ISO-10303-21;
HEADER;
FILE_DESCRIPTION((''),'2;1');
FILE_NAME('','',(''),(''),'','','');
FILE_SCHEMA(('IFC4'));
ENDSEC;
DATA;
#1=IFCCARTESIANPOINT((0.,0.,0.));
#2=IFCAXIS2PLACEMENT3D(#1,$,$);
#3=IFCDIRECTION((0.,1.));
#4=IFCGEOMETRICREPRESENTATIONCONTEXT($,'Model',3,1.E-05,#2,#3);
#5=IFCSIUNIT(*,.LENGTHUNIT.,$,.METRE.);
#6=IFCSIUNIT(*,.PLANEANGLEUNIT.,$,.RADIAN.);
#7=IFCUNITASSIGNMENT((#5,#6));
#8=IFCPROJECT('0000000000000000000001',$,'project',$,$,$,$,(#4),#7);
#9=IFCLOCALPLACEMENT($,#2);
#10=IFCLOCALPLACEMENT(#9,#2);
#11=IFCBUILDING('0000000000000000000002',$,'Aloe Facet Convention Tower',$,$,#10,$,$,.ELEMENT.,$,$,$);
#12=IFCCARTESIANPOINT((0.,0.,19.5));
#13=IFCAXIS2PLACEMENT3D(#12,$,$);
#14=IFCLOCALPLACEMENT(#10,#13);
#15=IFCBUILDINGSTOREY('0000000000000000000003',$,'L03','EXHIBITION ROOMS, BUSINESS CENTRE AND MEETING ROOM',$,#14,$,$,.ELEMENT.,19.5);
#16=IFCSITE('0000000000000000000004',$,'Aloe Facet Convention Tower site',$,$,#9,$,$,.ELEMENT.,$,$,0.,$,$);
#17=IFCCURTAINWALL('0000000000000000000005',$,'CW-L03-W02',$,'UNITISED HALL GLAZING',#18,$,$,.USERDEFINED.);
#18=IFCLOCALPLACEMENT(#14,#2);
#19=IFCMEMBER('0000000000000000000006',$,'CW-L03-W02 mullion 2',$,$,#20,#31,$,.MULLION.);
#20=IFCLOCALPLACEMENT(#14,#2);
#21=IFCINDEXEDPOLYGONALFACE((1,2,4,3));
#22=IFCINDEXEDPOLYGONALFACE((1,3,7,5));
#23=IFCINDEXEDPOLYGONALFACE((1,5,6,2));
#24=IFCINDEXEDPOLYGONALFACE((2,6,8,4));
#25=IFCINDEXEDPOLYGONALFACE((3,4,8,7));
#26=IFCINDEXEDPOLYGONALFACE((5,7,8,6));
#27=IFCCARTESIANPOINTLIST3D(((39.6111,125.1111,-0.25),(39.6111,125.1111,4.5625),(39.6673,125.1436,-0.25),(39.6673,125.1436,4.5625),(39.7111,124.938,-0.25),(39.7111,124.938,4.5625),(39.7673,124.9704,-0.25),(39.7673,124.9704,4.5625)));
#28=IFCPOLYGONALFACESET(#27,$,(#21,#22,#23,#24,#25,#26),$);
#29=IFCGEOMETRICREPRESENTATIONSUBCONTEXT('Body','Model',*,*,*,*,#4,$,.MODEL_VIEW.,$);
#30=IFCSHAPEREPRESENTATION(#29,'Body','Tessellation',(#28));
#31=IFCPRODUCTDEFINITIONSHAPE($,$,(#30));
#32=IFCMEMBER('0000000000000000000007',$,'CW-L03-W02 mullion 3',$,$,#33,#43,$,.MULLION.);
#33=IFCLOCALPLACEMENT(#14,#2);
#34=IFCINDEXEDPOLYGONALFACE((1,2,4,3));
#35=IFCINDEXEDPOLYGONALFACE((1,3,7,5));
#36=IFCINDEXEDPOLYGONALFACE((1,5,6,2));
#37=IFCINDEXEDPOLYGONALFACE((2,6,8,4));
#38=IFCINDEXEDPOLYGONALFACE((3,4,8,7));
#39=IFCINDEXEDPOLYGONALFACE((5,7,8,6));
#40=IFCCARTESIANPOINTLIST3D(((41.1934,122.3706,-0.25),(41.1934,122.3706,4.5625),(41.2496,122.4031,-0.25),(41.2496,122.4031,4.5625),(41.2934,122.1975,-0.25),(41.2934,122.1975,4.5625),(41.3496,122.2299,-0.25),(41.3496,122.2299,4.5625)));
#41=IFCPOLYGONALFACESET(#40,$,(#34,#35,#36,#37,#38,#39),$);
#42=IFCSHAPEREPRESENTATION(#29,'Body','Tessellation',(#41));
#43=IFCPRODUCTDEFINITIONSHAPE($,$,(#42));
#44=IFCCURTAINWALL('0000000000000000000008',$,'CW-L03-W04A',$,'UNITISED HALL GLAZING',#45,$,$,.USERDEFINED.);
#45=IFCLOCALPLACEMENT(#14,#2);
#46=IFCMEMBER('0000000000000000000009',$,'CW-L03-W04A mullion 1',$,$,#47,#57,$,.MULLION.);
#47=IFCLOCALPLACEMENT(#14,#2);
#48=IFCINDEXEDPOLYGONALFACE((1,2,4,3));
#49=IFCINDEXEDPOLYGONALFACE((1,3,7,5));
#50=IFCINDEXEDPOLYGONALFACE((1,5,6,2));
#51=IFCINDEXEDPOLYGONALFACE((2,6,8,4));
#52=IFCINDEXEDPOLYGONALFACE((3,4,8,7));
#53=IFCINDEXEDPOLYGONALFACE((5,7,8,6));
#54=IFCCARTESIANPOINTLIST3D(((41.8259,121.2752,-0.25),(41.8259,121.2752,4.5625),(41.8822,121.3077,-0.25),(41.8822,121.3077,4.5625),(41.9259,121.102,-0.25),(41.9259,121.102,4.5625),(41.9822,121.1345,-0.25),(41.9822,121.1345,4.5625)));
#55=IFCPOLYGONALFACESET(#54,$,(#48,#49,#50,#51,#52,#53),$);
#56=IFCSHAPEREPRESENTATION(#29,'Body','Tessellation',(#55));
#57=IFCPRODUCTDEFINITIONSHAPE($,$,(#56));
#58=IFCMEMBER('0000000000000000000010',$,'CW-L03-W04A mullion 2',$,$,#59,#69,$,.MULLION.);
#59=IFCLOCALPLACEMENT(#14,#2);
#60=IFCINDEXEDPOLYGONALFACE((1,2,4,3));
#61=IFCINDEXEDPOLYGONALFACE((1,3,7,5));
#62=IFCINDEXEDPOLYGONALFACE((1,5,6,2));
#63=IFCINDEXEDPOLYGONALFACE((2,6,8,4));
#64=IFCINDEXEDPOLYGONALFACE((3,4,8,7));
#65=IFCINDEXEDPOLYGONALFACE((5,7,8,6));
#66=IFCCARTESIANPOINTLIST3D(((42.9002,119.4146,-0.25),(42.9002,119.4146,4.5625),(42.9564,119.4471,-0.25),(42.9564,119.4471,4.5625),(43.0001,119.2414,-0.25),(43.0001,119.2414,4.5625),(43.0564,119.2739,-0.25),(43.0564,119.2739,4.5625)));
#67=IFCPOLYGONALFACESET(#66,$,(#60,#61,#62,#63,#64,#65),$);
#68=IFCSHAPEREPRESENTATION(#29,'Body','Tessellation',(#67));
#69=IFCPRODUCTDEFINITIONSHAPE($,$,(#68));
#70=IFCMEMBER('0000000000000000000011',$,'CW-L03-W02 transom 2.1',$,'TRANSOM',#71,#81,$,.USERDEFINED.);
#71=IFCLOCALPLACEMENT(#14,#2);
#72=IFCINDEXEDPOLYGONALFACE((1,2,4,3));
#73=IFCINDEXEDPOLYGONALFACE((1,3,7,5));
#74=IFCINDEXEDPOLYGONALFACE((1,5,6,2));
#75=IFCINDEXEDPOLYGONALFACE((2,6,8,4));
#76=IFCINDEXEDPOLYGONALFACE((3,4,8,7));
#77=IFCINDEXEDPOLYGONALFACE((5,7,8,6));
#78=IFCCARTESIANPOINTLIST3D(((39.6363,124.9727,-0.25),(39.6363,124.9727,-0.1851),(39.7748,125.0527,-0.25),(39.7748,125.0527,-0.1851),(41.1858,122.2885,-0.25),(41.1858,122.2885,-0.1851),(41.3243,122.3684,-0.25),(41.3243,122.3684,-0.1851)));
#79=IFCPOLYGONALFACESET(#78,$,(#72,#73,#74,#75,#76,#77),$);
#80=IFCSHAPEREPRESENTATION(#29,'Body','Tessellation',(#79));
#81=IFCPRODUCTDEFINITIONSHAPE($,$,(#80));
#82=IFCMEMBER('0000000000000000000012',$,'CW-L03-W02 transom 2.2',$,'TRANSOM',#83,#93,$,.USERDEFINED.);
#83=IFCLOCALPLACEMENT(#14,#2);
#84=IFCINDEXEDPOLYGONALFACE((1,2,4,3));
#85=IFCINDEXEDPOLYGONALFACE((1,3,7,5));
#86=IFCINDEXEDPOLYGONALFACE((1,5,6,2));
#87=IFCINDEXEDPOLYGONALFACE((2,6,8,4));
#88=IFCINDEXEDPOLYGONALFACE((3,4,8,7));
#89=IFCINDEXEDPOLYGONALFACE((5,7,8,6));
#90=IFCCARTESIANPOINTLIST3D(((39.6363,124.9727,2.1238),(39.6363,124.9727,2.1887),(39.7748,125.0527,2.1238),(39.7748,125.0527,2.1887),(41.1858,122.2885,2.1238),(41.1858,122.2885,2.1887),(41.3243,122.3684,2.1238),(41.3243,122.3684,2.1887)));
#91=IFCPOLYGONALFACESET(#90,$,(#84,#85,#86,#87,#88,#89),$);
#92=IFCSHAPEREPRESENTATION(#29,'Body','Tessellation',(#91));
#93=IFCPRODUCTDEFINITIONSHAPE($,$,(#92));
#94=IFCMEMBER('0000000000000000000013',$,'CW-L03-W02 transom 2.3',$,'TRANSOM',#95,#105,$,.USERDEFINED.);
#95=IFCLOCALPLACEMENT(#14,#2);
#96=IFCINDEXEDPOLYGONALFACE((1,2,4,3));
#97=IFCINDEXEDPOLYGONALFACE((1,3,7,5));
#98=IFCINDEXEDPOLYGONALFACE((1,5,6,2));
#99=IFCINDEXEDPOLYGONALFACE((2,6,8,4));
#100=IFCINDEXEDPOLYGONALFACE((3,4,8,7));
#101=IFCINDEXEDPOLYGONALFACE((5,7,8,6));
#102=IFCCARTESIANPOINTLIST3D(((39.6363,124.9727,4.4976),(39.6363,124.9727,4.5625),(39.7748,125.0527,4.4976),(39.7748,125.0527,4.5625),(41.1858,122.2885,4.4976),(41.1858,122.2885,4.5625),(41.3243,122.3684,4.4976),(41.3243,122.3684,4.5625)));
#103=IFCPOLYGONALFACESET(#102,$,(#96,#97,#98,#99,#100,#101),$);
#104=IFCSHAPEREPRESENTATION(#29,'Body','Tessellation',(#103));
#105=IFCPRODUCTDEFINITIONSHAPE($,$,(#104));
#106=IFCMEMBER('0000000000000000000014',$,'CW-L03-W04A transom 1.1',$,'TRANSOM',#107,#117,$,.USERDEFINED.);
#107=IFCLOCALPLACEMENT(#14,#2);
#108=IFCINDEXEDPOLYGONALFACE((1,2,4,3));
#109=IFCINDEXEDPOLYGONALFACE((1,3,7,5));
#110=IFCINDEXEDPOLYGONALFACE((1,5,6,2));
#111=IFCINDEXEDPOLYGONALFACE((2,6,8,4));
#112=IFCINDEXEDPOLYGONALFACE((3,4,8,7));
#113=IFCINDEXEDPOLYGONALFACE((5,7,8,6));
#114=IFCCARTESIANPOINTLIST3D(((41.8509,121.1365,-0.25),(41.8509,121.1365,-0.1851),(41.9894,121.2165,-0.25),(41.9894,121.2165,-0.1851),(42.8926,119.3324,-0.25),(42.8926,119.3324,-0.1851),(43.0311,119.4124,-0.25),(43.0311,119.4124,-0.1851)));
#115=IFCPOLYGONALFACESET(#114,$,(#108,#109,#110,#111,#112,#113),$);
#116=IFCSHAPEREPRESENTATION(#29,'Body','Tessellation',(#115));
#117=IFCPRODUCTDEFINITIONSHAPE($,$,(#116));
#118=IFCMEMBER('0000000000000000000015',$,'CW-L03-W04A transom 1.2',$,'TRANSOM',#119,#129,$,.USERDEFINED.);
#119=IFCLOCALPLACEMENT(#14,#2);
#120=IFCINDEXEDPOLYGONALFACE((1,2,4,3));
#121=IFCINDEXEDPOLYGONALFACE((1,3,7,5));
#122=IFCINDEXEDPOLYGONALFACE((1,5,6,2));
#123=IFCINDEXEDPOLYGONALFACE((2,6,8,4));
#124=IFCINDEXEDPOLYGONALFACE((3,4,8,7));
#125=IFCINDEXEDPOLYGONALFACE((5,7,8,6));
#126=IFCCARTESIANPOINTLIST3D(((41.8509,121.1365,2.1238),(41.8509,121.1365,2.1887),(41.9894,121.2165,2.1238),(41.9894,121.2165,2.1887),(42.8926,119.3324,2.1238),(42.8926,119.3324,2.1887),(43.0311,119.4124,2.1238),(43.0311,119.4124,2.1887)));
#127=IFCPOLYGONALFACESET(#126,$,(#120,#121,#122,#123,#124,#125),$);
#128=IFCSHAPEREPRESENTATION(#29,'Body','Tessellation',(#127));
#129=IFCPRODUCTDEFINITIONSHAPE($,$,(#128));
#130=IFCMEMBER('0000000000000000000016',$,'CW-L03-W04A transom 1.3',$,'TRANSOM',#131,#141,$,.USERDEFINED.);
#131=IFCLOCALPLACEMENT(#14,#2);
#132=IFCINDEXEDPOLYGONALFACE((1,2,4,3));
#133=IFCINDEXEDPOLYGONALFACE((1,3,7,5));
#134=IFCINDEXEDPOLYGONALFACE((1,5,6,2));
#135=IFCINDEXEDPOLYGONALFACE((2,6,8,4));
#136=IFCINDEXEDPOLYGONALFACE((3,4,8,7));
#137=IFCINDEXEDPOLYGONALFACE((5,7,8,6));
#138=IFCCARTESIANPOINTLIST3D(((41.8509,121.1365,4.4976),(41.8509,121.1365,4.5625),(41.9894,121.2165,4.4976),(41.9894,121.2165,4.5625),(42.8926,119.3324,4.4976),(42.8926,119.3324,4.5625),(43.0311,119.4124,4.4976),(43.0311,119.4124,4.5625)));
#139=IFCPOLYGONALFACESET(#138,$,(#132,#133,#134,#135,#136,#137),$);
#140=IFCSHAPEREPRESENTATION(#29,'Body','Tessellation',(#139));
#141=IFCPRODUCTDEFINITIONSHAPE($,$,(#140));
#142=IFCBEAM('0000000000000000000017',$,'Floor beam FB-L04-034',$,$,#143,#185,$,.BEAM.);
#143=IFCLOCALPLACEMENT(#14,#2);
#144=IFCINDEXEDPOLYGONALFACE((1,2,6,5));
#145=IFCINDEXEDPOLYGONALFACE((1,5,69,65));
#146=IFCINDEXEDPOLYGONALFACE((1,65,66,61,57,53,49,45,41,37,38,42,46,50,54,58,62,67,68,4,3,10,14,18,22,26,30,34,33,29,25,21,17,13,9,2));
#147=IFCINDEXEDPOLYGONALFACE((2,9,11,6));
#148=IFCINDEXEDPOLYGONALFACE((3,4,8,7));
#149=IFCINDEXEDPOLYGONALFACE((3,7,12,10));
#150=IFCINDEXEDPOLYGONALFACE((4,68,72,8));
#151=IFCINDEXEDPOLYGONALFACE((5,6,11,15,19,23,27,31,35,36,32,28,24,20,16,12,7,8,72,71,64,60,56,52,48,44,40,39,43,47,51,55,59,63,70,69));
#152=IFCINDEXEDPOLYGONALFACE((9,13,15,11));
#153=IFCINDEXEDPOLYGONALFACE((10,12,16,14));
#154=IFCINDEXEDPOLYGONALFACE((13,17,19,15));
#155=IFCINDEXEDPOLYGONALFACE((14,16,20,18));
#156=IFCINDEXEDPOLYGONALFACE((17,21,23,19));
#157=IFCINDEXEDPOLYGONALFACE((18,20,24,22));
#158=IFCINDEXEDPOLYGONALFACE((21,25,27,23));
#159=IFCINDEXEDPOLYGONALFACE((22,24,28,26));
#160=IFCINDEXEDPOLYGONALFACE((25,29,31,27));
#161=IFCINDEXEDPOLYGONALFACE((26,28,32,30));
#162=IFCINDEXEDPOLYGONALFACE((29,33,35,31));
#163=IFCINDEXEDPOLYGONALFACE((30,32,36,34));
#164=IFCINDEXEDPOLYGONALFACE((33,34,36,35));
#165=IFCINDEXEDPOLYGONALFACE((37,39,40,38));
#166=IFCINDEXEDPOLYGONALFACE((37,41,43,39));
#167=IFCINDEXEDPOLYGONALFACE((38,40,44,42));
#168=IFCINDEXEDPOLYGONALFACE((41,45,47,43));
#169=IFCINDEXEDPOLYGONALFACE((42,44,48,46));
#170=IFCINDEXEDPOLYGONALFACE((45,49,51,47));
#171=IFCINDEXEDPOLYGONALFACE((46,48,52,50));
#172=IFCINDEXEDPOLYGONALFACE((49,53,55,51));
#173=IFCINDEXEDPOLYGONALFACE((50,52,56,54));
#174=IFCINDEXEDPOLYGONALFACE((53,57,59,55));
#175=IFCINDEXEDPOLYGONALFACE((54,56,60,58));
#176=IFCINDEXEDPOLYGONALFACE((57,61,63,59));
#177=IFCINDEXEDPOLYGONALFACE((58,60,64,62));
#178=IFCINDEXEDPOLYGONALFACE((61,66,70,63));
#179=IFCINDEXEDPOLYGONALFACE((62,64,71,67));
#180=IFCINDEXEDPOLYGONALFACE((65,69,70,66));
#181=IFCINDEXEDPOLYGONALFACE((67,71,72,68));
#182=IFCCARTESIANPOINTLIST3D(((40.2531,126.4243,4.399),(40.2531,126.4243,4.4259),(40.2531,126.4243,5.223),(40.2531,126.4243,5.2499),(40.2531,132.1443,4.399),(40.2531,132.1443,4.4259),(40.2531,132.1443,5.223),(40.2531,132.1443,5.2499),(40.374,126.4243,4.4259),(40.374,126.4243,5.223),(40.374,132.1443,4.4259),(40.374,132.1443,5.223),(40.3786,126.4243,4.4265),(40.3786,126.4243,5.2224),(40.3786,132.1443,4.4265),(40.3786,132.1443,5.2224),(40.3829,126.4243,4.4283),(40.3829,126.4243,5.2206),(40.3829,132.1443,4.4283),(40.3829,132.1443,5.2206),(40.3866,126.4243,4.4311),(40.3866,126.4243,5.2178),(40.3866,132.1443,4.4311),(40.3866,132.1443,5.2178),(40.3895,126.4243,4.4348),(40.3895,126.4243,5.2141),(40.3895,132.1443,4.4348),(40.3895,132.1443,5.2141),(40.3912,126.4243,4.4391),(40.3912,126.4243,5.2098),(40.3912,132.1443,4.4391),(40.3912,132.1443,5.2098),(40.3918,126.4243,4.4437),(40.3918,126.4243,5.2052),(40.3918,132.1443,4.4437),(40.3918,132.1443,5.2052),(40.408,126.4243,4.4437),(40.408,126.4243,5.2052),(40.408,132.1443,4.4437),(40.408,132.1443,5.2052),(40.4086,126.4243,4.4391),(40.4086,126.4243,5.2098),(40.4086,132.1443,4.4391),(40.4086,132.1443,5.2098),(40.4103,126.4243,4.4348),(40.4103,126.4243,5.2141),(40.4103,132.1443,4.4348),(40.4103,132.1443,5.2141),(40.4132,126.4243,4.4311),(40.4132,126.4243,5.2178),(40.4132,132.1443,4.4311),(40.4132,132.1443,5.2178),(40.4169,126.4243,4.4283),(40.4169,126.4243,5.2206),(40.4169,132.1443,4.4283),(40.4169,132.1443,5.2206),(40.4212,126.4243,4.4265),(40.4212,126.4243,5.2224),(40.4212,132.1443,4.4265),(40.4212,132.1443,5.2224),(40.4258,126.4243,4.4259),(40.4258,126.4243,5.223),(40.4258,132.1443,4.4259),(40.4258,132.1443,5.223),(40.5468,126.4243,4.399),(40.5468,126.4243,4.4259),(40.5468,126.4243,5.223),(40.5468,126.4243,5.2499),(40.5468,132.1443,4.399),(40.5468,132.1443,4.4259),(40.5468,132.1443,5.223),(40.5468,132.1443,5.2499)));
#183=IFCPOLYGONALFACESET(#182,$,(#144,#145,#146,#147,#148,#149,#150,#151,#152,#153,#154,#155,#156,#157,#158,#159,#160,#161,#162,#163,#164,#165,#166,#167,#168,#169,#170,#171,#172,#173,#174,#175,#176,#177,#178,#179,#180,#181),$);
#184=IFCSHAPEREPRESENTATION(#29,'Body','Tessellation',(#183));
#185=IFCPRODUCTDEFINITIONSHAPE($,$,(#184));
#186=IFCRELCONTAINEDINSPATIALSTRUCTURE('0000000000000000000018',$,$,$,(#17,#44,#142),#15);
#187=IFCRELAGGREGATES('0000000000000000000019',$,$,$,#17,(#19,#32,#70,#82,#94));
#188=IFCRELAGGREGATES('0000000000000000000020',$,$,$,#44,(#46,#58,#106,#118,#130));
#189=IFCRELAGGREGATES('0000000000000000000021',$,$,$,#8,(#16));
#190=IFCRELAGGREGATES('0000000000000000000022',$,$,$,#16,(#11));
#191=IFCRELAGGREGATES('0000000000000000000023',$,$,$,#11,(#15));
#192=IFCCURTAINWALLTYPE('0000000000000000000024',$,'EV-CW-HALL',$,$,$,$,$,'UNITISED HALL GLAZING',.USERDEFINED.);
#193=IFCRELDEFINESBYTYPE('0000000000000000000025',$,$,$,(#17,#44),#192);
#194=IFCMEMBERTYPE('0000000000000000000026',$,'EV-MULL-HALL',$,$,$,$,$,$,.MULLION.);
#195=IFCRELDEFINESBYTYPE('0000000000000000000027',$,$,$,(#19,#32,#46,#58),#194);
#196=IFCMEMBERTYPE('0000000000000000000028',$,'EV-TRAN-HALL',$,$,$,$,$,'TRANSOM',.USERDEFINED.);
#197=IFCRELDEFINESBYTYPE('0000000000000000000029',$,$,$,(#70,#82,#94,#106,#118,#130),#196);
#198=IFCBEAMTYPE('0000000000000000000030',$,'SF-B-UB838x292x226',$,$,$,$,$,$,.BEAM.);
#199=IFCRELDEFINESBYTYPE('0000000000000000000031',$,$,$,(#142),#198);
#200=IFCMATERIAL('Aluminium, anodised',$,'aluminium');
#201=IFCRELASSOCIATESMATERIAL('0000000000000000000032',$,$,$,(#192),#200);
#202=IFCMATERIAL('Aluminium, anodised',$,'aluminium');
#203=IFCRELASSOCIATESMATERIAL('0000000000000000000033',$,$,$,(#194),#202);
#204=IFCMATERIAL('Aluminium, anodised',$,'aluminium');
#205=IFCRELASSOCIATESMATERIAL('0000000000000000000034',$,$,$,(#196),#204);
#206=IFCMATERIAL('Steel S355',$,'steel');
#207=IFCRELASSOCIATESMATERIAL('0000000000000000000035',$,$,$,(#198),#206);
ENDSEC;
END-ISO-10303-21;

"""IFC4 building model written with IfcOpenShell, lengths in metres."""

from ifc_helpers import new_model, si_unit, direction, frame, origin, origin_2d, place, context, subcontext, project, spatial, rectangle, i_section, extrude, material, material_profile, profile_set, type_object, element, aggregate, save


model = new_model("IFC4")

# Units and contexts
model_context = context("Model", 3, precision=1e-05, world=origin(), true_north=direction((0.0, 1.0)))
body_context = subcontext(model_context, "Body", "Model", "MODEL_VIEW")
ifc_project = project(units=[si_unit("LENGTHUNIT", "METRE"), si_unit("PLANEANGLEUNIT", "RADIAN")], contexts=[model_context])

# Site, building, storey
site_placement = place(None, origin())
site = spatial("IfcSite", under=ifc_project, at=site_placement, Name="Aloe Facet Convention Tower site", CompositionType="ELEMENT", RefElevation=0.0)
building_placement = place(site_placement, origin())
building = spatial("IfcBuilding", under=site, at=building_placement, Name="Aloe Facet Convention Tower", CompositionType="ELEMENT")
storey_placement = place(building_placement, frame((0.0, 0.0, 19.5)))
storey = spatial("IfcBuildingStorey", under=building, at=storey_placement, Name="L03", Description="EXHIBITION ROOMS, BUSINESS CENTRE AND MEETING ROOM", CompositionType="ELEMENT", Elevation=19.5)

# Curtain walls, members
ifc_material_1 = material(Name="Aluminium, anodised", Category="aluminium")
curtain_wall_type = type_object("IfcCurtainWallType", Name="EV-CW-HALL", ElementType="UNITISED HALL GLAZING", PredefinedType="USERDEFINED", material=ifc_material_1)
curtain_wall_1_placement = place(storey_placement, origin())
curtain_wall_1 = element("IfcCurtainWall", 1, at=curtain_wall_1_placement, inside=storey, type_object=curtain_wall_type, Name="CW-L03-W02", ObjectType="UNITISED HALL GLAZING", PredefinedType="USERDEFINED")
ifc_material_2 = material(Name="Aluminium, anodised", Category="aluminium")
ifc_material_profile_1 = material_profile(ifc_material_2, rectangle(XDim=0.0649, YDim=0.2, at=origin_2d()), Name="AL 65x200")
ifc_profile_set_1 = profile_set([ifc_material_profile_1], Name="Aluminium, anodised")
member_type_1 = type_object("IfcMemberType", Name="EV-MULL-HALL", PredefinedType="MULLION", material=ifc_profile_set_1)
member_1_placement = place(storey_placement, frame((39.6892, 125.0408, -0.25), z_axis=(0.0, 0.0, 1.0), x_axis=(0.866025, 0.5, 0.0)))
member_1 = element("IfcMember", 2, at=member_1_placement, type_object=member_type_1, Name="CW-L03-W02 mullion 2", PredefinedType="MULLION", context=body_context, shape_type="SweptSolid", body=[
    extrude(rectangle(XDim=0.0649, YDim=0.2, at=origin_2d()), origin(), (0.0, 0.0, 1.0), 4.8125),
])
member_2_placement = place(storey_placement, frame((41.2715, 122.3003, -0.25), z_axis=(0.0, 0.0, 1.0), x_axis=(0.866025, 0.5, 0.0)))
member_2 = element("IfcMember", 3, at=member_2_placement, type_object=member_type_1, Name="CW-L03-W02 mullion 3", PredefinedType="MULLION", context=body_context, shape_type="SweptSolid", body=[
    extrude(rectangle(XDim=0.0649, YDim=0.2, at=origin_2d()), origin(), (0.0, 0.0, 1.0), 4.8125),
])
curtain_wall_2_placement = place(storey_placement, origin())
curtain_wall_2 = element("IfcCurtainWall", 4, at=curtain_wall_2_placement, inside=storey, type_object=curtain_wall_type, Name="CW-L03-W04A", ObjectType="UNITISED HALL GLAZING", PredefinedType="USERDEFINED")
member_3_placement = place(storey_placement, frame((41.9041, 121.2048, -0.25), z_axis=(0.0, 0.0, 1.0), x_axis=(0.866025, 0.5, 0.0)))
member_3 = element("IfcMember", 5, at=member_3_placement, type_object=member_type_1, Name="CW-L03-W04A mullion 1", PredefinedType="MULLION", context=body_context, shape_type="SweptSolid", body=[
    extrude(rectangle(XDim=0.0649, YDim=0.2, at=origin_2d()), origin(), (0.0, 0.0, 1.0), 4.8125),
])
member_4_placement = place(storey_placement, frame((42.9783, 119.3442, -0.25), z_axis=(0.0, 0.0, 1.0), x_axis=(0.866025, 0.5, 0.0)))
member_4 = element("IfcMember", 6, at=member_4_placement, type_object=member_type_1, Name="CW-L03-W04A mullion 2", PredefinedType="MULLION", context=body_context, shape_type="SweptSolid", body=[
    extrude(rectangle(XDim=0.0649, YDim=0.2, at=origin_2d()), origin(), (0.0, 0.0, 1.0), 4.8125),
])

# Members
ifc_material_3 = material(Name="Aluminium, anodised", Category="aluminium")
ifc_material_profile_2 = material_profile(ifc_material_3, rectangle(XDim=0.1599, YDim=0.0649, at=origin_2d()), Name="AL 160x65")
ifc_profile_set_2 = profile_set([ifc_material_profile_2], Name="Aluminium, anodised")
member_type_2 = type_object("IfcMemberType", Name="EV-TRAN-HALL", ElementType="TRANSOM", PredefinedType="USERDEFINED", material=ifc_profile_set_2)
member_5_placement = place(storey_placement, frame((39.7056, 125.0127, -0.2175), z_axis=(0.499943, -0.866058, 0.0), x_axis=(0.866058, 0.499943, 0.0)))
member_5 = element("IfcMember", 7, at=member_5_placement, type_object=member_type_2, Name="CW-L03-W02 transom 2.1", ObjectType="TRANSOM", PredefinedType="USERDEFINED", context=body_context, shape_type="SweptSolid", body=[
    extrude(rectangle(XDim=0.1599, YDim=0.0649, at=origin_2d()), origin(), (0.0, 0.0, 1.0), 3.0994),
])
member_6_placement = place(storey_placement, frame((39.7056, 125.0127, 2.1562), z_axis=(0.499943, -0.866058, 0.0), x_axis=(0.866058, 0.499943, 0.0)))
member_6 = element("IfcMember", 8, at=member_6_placement, type_object=member_type_2, Name="CW-L03-W02 transom 2.2", ObjectType="TRANSOM", PredefinedType="USERDEFINED", context=body_context, shape_type="SweptSolid", body=[
    extrude(rectangle(XDim=0.1599, YDim=0.0649, at=origin_2d()), origin(), (0.0, 0.0, 1.0), 3.0994),
])
member_7_placement = place(storey_placement, frame((39.7056, 125.0127, 4.53), z_axis=(0.499943, -0.866058, 0.0), x_axis=(0.866058, 0.499943, 0.0)))
member_7 = element("IfcMember", 9, at=member_7_placement, type_object=member_type_2, Name="CW-L03-W02 transom 2.3", ObjectType="TRANSOM", PredefinedType="USERDEFINED", context=body_context, shape_type="SweptSolid", body=[
    extrude(rectangle(XDim=0.1599, YDim=0.0649, at=origin_2d()), origin(), (0.0, 0.0, 1.0), 3.0994),
])
member_8_placement = place(storey_placement, frame((41.9202, 121.1765, -0.2175), z_axis=(0.500034, -0.866006, 0.0), x_axis=(0.866006, 0.500034, 0.0)))
member_8 = element("IfcMember", 10, at=member_8_placement, type_object=member_type_2, Name="CW-L03-W04A transom 1.1", ObjectType="TRANSOM", PredefinedType="USERDEFINED", context=body_context, shape_type="SweptSolid", body=[
    extrude(rectangle(XDim=0.1599, YDim=0.0649, at=origin_2d()), origin(), (0.0, 0.0, 1.0), 2.0833),
])
member_9_placement = place(storey_placement, frame((41.9202, 121.1765, 2.1562), z_axis=(0.500034, -0.866006, 0.0), x_axis=(0.866006, 0.500034, 0.0)))
member_9 = element("IfcMember", 11, at=member_9_placement, type_object=member_type_2, Name="CW-L03-W04A transom 1.2", ObjectType="TRANSOM", PredefinedType="USERDEFINED", context=body_context, shape_type="SweptSolid", body=[
    extrude(rectangle(XDim=0.1599, YDim=0.0649, at=origin_2d()), origin(), (0.0, 0.0, 1.0), 2.0833),
])
member_10_placement = place(storey_placement, frame((41.9202, 121.1765, 4.53), z_axis=(0.500034, -0.866006, 0.0), x_axis=(0.866006, 0.500034, 0.0)))
member_10 = element("IfcMember", 12, at=member_10_placement, type_object=member_type_2, Name="CW-L03-W04A transom 1.3", ObjectType="TRANSOM", PredefinedType="USERDEFINED", context=body_context, shape_type="SweptSolid", body=[
    extrude(rectangle(XDim=0.1599, YDim=0.0649, at=origin_2d()), origin(), (0.0, 0.0, 1.0), 2.0833),
])

# Beam
ifc_material_4 = material(Name="Steel S355", Category="steel")
ifc_material_profile_3 = material_profile(ifc_material_4, i_section(OverallWidth=0.2937, OverallDepth=0.8508, WebThickness=0.0161, FlangeThickness=0.0269, FilletRadius=0.0178, at=origin_2d()), Name="UB 838x292x226")
ifc_profile_set_3 = profile_set([ifc_material_profile_3], Name="Steel S355")
beam_type = type_object("IfcBeamType", Name="SF-B-UB838x292x226", PredefinedType="BEAM", material=ifc_profile_set_3)
beam_1_placement = place(storey_placement, frame((40.3999, 126.4243, 4.8245), z_axis=(0.0, 1.0, 0.0), x_axis=(-1.0, 0.0, 0.0)))
element("IfcBeam", 13, at=beam_1_placement, inside=storey, type_object=beam_type, Name="Floor beam FB-L04-034", PredefinedType="BEAM", context=body_context, shape_type="SweptSolid", body=[
    extrude(i_section(OverallWidth=0.2937, OverallDepth=0.8508, WebThickness=0.0161, FlangeThickness=0.0269, FilletRadius=0.0178, at=origin_2d()), origin(), (0.0, 0.0, 1.0), 5.72),
])

aggregate(curtain_wall_1, [member_1, member_2, member_5, member_6, member_7])
aggregate(curtain_wall_2, [member_3, member_4, member_8, member_9, member_10])

save(model, "model.ifc")
